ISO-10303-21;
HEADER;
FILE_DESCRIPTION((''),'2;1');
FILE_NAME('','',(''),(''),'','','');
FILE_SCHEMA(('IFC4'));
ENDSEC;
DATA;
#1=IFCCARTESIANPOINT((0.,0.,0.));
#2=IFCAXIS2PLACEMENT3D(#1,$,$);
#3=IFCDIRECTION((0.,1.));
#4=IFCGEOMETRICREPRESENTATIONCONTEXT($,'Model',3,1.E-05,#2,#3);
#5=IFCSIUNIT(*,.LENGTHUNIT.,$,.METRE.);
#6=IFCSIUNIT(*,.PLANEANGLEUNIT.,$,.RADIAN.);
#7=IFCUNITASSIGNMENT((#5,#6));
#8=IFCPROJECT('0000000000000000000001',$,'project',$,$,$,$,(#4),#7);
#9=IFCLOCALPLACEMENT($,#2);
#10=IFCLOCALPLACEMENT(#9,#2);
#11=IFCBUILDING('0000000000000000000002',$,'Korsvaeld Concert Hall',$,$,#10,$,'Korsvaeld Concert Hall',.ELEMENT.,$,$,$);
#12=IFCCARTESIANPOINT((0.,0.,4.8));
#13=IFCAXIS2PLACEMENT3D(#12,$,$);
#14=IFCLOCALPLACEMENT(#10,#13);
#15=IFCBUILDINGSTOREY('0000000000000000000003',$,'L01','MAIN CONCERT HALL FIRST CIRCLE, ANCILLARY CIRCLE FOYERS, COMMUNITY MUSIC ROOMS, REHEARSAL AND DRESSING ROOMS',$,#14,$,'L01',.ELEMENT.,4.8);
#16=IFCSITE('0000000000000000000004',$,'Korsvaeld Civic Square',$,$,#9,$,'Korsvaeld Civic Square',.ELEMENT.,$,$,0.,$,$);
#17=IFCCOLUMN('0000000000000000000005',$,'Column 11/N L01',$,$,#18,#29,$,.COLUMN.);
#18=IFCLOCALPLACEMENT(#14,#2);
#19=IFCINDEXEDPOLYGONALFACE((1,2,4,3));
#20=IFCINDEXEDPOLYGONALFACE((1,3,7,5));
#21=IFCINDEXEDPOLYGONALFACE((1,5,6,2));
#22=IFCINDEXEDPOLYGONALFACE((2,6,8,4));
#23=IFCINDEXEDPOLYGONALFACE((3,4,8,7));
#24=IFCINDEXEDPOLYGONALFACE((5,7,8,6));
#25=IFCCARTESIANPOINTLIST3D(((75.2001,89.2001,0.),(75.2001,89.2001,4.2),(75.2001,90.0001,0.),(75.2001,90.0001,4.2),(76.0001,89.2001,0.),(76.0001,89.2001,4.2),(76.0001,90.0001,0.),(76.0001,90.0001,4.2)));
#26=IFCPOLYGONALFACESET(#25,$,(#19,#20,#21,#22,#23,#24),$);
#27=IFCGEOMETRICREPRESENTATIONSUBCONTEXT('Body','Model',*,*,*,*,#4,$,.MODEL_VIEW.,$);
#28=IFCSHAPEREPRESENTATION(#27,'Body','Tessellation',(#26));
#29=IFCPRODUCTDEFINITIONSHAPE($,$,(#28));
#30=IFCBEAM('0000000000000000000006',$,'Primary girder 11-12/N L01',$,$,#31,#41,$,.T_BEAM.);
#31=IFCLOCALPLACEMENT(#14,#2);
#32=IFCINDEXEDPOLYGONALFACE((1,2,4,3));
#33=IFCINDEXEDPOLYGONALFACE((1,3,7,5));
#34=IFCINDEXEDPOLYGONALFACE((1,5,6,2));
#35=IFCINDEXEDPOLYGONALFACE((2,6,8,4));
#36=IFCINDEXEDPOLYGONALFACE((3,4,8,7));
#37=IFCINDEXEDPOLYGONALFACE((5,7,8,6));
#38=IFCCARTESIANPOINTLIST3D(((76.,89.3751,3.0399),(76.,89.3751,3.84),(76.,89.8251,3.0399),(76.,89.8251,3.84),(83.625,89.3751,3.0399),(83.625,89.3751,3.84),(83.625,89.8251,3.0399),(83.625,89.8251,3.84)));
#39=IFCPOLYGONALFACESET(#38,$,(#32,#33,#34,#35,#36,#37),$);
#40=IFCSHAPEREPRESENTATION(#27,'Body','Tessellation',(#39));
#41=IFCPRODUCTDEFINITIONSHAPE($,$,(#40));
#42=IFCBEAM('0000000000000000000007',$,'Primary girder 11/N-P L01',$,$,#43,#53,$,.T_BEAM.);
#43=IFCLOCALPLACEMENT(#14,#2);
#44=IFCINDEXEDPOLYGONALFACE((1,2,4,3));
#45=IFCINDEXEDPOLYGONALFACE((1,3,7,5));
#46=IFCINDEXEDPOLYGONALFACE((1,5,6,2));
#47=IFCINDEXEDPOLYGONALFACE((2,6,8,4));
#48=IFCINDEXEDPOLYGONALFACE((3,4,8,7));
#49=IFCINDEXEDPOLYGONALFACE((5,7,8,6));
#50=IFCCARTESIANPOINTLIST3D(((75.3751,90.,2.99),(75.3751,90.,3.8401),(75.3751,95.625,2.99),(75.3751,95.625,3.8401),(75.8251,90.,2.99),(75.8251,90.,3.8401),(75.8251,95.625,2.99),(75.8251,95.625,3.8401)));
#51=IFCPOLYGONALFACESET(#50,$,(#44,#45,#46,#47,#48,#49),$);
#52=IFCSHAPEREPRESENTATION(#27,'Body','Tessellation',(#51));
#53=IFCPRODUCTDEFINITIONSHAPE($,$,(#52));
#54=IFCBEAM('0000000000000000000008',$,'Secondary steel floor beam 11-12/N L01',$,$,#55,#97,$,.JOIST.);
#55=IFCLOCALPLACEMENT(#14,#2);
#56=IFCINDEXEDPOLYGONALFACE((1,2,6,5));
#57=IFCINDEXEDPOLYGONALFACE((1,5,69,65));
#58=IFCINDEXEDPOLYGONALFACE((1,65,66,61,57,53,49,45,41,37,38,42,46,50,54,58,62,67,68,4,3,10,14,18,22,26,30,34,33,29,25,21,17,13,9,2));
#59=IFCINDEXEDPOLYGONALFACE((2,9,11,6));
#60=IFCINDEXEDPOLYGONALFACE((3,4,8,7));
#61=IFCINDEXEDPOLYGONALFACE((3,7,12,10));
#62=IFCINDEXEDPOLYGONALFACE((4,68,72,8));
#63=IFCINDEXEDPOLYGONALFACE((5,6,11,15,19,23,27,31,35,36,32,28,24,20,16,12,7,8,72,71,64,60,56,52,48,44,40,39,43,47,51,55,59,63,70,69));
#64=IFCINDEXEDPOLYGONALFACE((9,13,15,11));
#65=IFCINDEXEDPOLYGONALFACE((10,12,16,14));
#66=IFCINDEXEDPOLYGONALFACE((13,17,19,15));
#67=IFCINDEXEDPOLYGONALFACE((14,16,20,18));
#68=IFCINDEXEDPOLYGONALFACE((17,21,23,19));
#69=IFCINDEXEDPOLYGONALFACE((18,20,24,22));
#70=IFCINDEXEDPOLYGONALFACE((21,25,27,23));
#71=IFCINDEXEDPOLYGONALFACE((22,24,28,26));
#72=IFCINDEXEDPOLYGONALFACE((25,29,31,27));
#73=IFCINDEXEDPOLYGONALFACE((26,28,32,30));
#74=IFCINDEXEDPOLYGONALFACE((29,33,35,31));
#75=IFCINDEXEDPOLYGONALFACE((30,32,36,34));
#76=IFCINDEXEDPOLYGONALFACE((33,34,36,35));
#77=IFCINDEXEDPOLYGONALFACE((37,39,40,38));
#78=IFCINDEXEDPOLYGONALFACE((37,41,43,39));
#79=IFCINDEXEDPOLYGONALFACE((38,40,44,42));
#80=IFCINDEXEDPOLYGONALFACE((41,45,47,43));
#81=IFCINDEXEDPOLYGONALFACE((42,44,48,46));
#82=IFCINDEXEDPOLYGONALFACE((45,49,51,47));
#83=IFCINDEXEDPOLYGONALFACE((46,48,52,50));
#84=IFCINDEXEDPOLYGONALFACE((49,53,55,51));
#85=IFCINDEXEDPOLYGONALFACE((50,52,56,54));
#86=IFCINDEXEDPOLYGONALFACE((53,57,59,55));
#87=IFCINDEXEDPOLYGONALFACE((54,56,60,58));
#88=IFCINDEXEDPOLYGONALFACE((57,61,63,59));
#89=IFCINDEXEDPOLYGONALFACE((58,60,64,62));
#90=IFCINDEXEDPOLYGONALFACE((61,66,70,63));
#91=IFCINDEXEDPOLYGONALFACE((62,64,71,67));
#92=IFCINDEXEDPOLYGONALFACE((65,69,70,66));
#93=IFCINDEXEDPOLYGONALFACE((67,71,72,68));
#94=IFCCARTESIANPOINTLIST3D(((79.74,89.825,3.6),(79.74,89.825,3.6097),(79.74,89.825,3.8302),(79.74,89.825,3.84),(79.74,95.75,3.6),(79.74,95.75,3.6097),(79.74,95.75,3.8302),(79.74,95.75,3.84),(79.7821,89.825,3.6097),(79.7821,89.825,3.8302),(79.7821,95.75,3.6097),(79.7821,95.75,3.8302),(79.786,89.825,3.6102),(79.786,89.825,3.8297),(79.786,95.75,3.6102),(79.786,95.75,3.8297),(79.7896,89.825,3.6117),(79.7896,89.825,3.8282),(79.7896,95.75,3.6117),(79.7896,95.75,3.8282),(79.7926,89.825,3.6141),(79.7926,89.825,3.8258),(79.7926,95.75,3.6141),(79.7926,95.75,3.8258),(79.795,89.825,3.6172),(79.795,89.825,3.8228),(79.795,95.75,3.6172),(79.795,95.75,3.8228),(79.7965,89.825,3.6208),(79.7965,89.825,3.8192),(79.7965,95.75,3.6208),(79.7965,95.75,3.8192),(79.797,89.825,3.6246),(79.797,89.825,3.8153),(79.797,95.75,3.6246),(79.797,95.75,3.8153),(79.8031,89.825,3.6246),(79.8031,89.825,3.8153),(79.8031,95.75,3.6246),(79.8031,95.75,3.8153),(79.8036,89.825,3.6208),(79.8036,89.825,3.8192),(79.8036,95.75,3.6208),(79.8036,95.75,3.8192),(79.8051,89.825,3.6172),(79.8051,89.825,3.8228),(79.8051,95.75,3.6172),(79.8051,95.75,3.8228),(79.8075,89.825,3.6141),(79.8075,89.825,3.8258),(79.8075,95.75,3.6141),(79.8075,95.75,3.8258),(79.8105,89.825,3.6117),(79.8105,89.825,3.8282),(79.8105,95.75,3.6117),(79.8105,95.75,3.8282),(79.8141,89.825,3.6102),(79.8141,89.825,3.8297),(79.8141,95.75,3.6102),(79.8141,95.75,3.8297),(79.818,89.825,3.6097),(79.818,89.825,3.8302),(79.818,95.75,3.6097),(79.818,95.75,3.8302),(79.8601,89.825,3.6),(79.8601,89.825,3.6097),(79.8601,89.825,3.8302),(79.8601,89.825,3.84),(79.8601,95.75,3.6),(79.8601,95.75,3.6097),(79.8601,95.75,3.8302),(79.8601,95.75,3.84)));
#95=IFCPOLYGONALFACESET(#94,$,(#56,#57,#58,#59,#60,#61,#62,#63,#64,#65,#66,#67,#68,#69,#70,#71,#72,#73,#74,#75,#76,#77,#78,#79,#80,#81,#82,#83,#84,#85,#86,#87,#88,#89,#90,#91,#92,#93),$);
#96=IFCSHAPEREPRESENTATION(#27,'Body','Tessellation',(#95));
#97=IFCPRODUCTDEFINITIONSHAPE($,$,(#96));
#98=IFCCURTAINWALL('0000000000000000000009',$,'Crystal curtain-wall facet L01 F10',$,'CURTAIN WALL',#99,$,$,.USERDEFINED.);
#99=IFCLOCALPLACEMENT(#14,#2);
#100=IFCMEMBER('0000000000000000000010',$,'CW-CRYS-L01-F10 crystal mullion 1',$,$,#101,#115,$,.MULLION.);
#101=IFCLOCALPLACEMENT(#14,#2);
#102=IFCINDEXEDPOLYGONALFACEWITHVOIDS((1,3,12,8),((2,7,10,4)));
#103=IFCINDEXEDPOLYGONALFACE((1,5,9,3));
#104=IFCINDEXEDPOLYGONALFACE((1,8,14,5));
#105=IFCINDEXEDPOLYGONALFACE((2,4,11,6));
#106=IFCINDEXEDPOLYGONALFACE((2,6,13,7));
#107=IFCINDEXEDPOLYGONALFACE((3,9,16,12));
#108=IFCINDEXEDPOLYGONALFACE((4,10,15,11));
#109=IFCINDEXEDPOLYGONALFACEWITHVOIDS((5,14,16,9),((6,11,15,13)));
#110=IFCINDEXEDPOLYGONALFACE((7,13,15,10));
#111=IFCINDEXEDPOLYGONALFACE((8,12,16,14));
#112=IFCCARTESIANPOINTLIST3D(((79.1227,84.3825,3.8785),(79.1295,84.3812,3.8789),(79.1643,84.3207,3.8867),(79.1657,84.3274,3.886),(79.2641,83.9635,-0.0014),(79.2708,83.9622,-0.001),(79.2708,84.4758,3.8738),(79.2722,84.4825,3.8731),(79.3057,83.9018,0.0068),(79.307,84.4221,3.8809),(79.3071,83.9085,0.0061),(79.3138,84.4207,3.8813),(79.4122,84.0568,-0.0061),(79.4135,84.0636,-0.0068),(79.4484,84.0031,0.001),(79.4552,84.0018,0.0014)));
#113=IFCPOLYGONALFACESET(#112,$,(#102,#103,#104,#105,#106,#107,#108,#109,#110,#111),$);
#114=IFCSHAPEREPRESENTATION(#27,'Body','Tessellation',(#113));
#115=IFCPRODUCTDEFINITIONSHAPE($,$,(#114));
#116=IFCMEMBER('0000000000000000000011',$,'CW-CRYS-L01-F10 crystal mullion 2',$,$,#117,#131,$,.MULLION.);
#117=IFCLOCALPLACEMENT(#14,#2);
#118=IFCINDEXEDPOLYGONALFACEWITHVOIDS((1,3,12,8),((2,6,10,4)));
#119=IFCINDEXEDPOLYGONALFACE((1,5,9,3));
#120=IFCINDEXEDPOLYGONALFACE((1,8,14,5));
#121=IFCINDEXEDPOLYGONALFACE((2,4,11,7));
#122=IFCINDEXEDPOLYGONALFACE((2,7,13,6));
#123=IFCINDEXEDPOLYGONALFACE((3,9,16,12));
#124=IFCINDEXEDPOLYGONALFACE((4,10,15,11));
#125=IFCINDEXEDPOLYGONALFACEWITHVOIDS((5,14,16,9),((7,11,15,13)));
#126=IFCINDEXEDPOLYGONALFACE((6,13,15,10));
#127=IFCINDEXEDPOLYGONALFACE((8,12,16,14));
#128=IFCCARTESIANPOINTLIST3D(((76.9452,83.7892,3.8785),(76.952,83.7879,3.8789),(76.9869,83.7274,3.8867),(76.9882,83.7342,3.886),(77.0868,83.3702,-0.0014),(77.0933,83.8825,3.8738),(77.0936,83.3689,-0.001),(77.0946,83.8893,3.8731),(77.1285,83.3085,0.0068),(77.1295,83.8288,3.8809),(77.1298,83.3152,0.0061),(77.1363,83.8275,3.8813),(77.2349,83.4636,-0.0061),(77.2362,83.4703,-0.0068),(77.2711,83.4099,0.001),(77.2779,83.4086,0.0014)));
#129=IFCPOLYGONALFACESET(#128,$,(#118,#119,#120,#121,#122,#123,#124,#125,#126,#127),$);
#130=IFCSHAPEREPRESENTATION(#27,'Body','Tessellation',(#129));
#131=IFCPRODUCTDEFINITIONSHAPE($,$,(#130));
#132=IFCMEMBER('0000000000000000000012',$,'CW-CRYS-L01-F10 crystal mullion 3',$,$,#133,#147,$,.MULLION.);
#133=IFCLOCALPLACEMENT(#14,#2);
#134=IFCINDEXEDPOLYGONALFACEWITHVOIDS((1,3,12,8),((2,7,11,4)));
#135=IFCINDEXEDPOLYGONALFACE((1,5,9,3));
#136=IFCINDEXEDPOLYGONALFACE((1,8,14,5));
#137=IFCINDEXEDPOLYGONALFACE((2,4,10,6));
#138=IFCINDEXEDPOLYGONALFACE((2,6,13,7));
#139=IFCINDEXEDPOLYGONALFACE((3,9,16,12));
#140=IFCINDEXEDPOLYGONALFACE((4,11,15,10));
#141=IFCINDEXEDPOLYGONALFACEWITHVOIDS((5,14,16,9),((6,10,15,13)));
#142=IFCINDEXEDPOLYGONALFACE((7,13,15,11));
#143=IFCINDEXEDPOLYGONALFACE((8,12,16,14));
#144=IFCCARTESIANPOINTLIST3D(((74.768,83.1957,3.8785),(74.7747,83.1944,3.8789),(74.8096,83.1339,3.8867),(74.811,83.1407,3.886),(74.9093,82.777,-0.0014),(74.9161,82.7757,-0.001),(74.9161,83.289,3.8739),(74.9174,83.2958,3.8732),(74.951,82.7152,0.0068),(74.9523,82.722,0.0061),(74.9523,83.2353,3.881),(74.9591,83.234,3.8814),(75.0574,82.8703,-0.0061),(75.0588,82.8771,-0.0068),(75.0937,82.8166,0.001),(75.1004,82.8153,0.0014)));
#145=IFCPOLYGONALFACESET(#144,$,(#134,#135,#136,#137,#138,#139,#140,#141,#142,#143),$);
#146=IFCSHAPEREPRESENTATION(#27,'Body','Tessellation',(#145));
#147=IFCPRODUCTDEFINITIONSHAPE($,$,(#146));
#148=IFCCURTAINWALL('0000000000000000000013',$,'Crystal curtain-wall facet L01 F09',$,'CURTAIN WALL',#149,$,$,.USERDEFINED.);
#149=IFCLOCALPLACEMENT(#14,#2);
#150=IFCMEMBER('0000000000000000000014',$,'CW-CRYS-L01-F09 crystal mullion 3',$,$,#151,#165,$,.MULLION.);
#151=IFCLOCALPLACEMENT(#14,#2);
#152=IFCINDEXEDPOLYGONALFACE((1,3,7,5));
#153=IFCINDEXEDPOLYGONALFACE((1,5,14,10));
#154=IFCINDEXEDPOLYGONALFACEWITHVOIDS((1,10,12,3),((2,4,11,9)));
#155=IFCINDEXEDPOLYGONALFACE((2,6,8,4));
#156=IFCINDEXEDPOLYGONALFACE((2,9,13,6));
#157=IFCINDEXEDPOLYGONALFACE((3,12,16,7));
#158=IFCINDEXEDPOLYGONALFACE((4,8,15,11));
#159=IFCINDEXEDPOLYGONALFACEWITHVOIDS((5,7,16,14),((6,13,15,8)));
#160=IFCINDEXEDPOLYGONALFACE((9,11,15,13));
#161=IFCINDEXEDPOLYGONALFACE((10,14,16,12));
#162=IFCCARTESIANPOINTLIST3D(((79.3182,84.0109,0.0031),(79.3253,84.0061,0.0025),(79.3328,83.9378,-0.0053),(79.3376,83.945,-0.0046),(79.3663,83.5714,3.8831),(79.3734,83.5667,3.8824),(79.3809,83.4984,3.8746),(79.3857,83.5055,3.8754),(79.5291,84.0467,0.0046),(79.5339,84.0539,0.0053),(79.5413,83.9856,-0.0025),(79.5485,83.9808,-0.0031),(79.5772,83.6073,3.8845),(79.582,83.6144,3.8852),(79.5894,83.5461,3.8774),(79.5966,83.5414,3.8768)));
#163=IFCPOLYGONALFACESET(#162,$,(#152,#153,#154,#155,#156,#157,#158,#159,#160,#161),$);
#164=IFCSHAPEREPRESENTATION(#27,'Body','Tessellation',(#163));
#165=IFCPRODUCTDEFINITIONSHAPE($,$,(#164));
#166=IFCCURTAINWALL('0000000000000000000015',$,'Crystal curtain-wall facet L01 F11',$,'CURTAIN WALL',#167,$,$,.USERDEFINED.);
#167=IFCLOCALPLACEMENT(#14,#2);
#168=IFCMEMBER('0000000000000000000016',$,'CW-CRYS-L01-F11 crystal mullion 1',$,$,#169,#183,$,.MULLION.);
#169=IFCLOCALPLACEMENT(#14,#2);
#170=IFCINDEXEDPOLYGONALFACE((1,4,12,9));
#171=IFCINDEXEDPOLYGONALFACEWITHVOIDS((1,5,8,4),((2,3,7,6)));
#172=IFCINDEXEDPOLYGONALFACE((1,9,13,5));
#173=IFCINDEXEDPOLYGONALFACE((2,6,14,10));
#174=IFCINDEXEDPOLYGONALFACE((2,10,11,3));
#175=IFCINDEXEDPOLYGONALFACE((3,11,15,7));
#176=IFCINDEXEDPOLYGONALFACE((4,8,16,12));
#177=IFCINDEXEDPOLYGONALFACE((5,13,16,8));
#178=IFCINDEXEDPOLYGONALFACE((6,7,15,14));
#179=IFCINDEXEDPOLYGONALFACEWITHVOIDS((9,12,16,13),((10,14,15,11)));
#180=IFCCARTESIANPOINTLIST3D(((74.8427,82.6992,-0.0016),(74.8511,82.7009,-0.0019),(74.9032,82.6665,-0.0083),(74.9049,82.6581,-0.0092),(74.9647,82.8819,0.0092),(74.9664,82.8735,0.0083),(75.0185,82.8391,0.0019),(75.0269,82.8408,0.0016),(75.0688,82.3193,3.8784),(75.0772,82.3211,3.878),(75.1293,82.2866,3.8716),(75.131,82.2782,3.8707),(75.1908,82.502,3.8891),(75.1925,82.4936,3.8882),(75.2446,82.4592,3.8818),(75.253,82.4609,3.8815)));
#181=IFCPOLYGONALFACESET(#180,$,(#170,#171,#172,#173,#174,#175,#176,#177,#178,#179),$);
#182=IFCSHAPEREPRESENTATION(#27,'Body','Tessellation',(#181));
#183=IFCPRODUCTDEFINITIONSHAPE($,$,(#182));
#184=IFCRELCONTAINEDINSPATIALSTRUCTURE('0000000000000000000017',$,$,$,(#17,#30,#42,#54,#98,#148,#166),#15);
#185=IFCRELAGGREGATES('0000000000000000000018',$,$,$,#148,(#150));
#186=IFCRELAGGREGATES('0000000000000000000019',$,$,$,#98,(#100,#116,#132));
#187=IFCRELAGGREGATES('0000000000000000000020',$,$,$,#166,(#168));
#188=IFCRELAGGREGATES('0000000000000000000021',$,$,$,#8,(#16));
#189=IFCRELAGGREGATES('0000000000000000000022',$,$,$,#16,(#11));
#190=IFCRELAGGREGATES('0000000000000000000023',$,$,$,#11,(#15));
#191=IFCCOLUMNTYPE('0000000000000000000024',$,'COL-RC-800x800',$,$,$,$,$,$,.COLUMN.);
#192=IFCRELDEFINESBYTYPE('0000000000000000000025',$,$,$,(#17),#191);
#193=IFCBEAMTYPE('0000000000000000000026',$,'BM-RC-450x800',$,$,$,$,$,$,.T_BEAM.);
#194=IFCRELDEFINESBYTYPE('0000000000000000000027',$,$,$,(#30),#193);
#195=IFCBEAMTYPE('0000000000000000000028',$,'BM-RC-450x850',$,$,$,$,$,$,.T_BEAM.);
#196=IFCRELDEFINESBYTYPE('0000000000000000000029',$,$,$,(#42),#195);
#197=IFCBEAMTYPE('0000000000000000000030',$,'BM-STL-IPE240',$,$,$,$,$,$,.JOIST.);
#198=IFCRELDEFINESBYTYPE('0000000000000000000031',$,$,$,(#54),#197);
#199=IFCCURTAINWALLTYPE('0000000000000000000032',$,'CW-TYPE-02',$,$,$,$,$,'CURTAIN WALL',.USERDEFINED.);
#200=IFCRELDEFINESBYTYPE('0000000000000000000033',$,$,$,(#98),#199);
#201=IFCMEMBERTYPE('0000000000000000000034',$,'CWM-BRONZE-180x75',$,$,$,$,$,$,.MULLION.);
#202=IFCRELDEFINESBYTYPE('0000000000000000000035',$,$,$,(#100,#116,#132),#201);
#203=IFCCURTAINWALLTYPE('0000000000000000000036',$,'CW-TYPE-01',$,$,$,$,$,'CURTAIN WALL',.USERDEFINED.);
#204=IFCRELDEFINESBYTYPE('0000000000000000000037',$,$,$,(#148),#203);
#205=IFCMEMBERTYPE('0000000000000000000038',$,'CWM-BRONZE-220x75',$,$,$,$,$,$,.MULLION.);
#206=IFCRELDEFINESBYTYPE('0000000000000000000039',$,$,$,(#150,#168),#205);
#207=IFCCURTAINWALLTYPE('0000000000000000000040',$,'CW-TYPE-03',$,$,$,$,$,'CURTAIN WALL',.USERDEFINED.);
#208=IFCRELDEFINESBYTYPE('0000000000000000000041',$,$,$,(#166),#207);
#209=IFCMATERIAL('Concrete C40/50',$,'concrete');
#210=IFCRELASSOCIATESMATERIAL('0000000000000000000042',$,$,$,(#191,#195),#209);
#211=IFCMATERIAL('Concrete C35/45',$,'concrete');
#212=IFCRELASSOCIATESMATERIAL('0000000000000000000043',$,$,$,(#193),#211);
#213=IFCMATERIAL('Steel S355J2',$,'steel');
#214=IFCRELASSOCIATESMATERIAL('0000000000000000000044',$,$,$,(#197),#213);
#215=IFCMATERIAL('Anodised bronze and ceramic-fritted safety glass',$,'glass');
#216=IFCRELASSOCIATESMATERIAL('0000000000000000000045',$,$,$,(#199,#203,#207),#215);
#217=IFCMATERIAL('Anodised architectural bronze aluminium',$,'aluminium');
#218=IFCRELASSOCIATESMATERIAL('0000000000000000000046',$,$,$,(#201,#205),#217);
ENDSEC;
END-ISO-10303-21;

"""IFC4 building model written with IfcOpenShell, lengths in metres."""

from ifc_helpers import new_model, si_unit, direction, frame, origin, origin_2d, place, context, subcontext, project, spatial, rectangle, hollow_rectangle, i_section, extrude, material, material_profile, profile_set, type_object, element, aggregate, save


model = new_model("IFC4")

# Units and contexts
model_context = context("Model", 3, precision=1e-05, world=origin(), true_north=direction((0.0, 1.0)))
body_context = subcontext(model_context, "Body", "Model", "MODEL_VIEW")
ifc_project = project(units=[si_unit("LENGTHUNIT", "METRE"), si_unit("PLANEANGLEUNIT", "RADIAN")], contexts=[model_context])

# Site, building, storey
site_placement = place(None, origin())
site = spatial("IfcSite", under=ifc_project, at=site_placement, Name="Korsvaeld Civic Square", LongName="Korsvaeld Civic Square", CompositionType="ELEMENT", RefElevation=0.0)
building_placement = place(site_placement, origin())
building = spatial("IfcBuilding", under=site, at=building_placement, Name="Korsvaeld Concert Hall", LongName="Korsvaeld Concert Hall", CompositionType="ELEMENT")
storey_placement = place(building_placement, frame((0.0, 0.0, 4.8)))
storey = spatial("IfcBuildingStorey", under=building, at=storey_placement, Name="L01", Description="MAIN CONCERT HALL FIRST CIRCLE, ANCILLARY CIRCLE FOYERS, COMMUNITY MUSIC ROOMS, REHEARSAL AND DRESSING ROOMS", LongName="L01", CompositionType="ELEMENT", Elevation=4.8)

# Column
ifc_material_1 = material(Name="Concrete C40/50", Category="concrete")
ifc_material_profile_1 = material_profile(ifc_material_1, rectangle(XDim=0.8, YDim=0.8, at=origin_2d()), Name="RC 800x800")
ifc_profile_set_1 = profile_set([ifc_material_profile_1], Name="Concrete C40/50")
column_type = type_object("IfcColumnType", Name="COL-RC-800x800", PredefinedType="COLUMN", material=ifc_profile_set_1)
column_placement = place(storey_placement, frame((75.6001, 89.6001, 0.0), z_axis=(0.0, 0.0, 1.0), x_axis=(1.0, 0.0, 0.0)))
element("IfcColumn", 1, at=column_placement, inside=storey, type_object=column_type, Name="Column 11/N L01", PredefinedType="COLUMN", context=body_context, shape_type="SweptSolid", body=[
    extrude(rectangle(XDim=0.8, YDim=0.8, at=origin_2d()), origin(), (0.0, 0.0, 1.0), 4.2),
])

# Beams
ifc_material_2 = material(Name="Concrete C35/45", Category="concrete")
ifc_material_profile_2 = material_profile(ifc_material_2, rectangle(XDim=0.45, YDim=0.8, at=origin_2d()), Name="RC 450x800")
ifc_profile_set_2 = profile_set([ifc_material_profile_2], Name="Concrete C35/45")
beam_type_1 = type_object("IfcBeamType", Name="BM-RC-450x800", PredefinedType="T_BEAM", material=ifc_profile_set_2)
beam_1_placement = place(storey_placement, frame((76.0, 89.6001, 3.4399), z_axis=(1.0, 0.0, 0.0), x_axis=(0.0, 1.0, 0.0)))
element("IfcBeam", 2, at=beam_1_placement, inside=storey, type_object=beam_type_1, Name="Primary girder 11-12/N L01", PredefinedType="T_BEAM", context=body_context, shape_type="SweptSolid", body=[
    extrude(rectangle(XDim=0.45, YDim=0.8, at=origin_2d()), origin(), (0.0, 0.0, 1.0), 7.625),
])
ifc_material_profile_3 = material_profile(ifc_material_1, rectangle(XDim=0.45, YDim=0.8501, at=origin_2d()), Name="RC 450x850")
ifc_profile_set_3 = profile_set([ifc_material_profile_3], Name="Concrete C40/50")
beam_type_2 = type_object("IfcBeamType", Name="BM-RC-450x850", PredefinedType="T_BEAM", material=ifc_profile_set_3)
beam_2_placement = place(storey_placement, frame((75.6001, 90.0, 3.415), z_axis=(0.0, 1.0, 0.0), x_axis=(-1.0, 0.0, 0.0)))
element("IfcBeam", 3, at=beam_2_placement, inside=storey, type_object=beam_type_2, Name="Primary girder 11/N-P L01", PredefinedType="T_BEAM", context=body_context, shape_type="SweptSolid", body=[
    extrude(rectangle(XDim=0.45, YDim=0.8501, at=origin_2d()), origin(), (0.0, 0.0, 1.0), 5.625),
])
ifc_material_3 = material(Name="Steel S355J2", Category="steel")
ifc_material_profile_4 = material_profile(ifc_material_3, i_section(OverallWidth=0.1201, OverallDepth=0.24, WebThickness=0.0061, FlangeThickness=0.0098, FilletRadius=0.0149, at=origin_2d()), Name="IPE 240")
ifc_profile_set_4 = profile_set([ifc_material_profile_4], Name="Steel S355J2")
beam_type_3 = type_object("IfcBeamType", Name="BM-STL-IPE240", PredefinedType="JOIST", material=ifc_profile_set_4)
beam_3_placement = place(storey_placement, frame((79.8, 89.825, 3.72), z_axis=(0.0, 1.0, 0.0), x_axis=(-1.0, 0.0, 0.0)))
element("IfcBeam", 4, at=beam_3_placement, inside=storey, type_object=beam_type_3, Name="Secondary steel floor beam 11-12/N L01", PredefinedType="JOIST", context=body_context, shape_type="SweptSolid", body=[
    extrude(i_section(OverallWidth=0.1201, OverallDepth=0.24, WebThickness=0.0061, FlangeThickness=0.0098, FilletRadius=0.0149, at=origin_2d()), origin(), (0.0, 0.0, 1.0), 5.925),
])

# Curtain wall, members
ifc_material_4 = material(Name="Anodised bronze and ceramic-fritted safety glass", Category="glass")
curtain_wall_type_1 = type_object("IfcCurtainWallType", Name="CW-TYPE-02", ElementType="CURTAIN WALL", PredefinedType="USERDEFINED", material=ifc_material_4)
curtain_wall_1_placement = place(storey_placement, origin())
curtain_wall_1 = element("IfcCurtainWall", 5, at=curtain_wall_1_placement, inside=storey, type_object=curtain_wall_type_1, Name="Crystal curtain-wall facet L01 F10", ObjectType="CURTAIN WALL", PredefinedType="USERDEFINED")
ifc_material_5 = material(Name="Anodised architectural bronze aluminium", Category="aluminium")
ifc_material_profile_5 = material_profile(ifc_material_5, hollow_rectangle(XDim=0.075, YDim=0.1799, WallThickness=0.0049, at=origin_2d()), Name="CWM 180x75x5")
ifc_profile_set_5 = profile_set([ifc_material_profile_5], Name="Anodised architectural bronze aluminium")
member_type_1 = type_object("IfcMemberType", Name="CWM-BRONZE-180x75", PredefinedType="MULLION", material=ifc_profile_set_5)
member_1_placement = place(storey_placement, frame((79.3596, 83.9827, 0.0), z_axis=(-0.036199, 0.107284, 0.993569), x_axis=(-0.555586, 0.824251, -0.109244)))
member_1 = element("IfcMember", 6, at=member_1_placement, type_object=member_type_1, Name="CW-CRYS-L01-F10 crystal mullion 1", PredefinedType="MULLION", context=body_context, shape_type="SweptSolid", body=[
    extrude(hollow_rectangle(XDim=0.075, YDim=0.1799, WallThickness=0.0049, at=origin_2d()), origin(), (0.0, 0.0, 1.0), 3.905),
])
member_2_placement = place(storey_placement, frame((77.1824, 83.3894, 0.0), z_axis=(-0.036262, 0.107284, 0.993567), x_axis=(-0.556016, 0.823958, -0.109263)))
member_2 = element("IfcMember", 7, at=member_2_placement, type_object=member_type_1, Name="CW-CRYS-L01-F10 crystal mullion 2", PredefinedType="MULLION", context=body_context, shape_type="SweptSolid", body=[
    extrude(hollow_rectangle(XDim=0.075, YDim=0.1799, WallThickness=0.0049, at=origin_2d()), origin(), (0.0, 0.0, 1.0), 3.905),
])
member_3_placement = place(storey_placement, frame((75.0049, 82.7961, 0.0), z_axis=(-0.036199, 0.107223, 0.993576), x_axis=(-0.555734, 0.824159, -0.109187)))
member_3 = element("IfcMember", 8, at=member_3_placement, type_object=member_type_1, Name="CW-CRYS-L01-F10 crystal mullion 3", PredefinedType="MULLION", context=body_context, shape_type="SweptSolid", body=[
    extrude(hollow_rectangle(XDim=0.075, YDim=0.1799, WallThickness=0.0049, at=origin_2d()), origin(), (0.0, 0.0, 1.0), 3.905),
])

# Curtain walls, members
curtain_wall_type_2 = type_object("IfcCurtainWallType", Name="CW-TYPE-01", ElementType="CURTAIN WALL", PredefinedType="USERDEFINED", material=ifc_material_4)
curtain_wall_2_placement = place(storey_placement, origin())
curtain_wall_2 = element("IfcCurtainWall", 9, at=curtain_wall_2_placement, inside=storey, type_object=curtain_wall_type_2, Name="Crystal curtain-wall facet L01 F09", ObjectType="CURTAIN WALL", PredefinedType="USERDEFINED")
ifc_material_profile_6 = material_profile(ifc_material_5, hollow_rectangle(XDim=0.075, YDim=0.22, WallThickness=0.0061, at=origin_2d()), Name="CWM 220x75x6")
ifc_profile_set_6 = profile_set([ifc_material_profile_6], Name="Anodised architectural bronze aluminium")
member_type_2 = type_object("IfcMemberType", Name="CWM-BRONZE-220x75", PredefinedType="MULLION", material=ifc_profile_set_6)
member_4_placement = place(storey_placement, frame((79.4333, 83.9958, 0.0), z_axis=(0.012316, -0.112536, 0.993571), x_axis=(0.195293, -0.97424, -0.112768)))
member_4 = element("IfcMember", 10, at=member_4_placement, type_object=member_type_2, Name="CW-CRYS-L01-F09 crystal mullion 3", PredefinedType="MULLION", context=body_context, shape_type="SweptSolid", body=[
    extrude(hollow_rectangle(XDim=0.075, YDim=0.22, WallThickness=0.0061, at=origin_2d()), origin(), (0.0, 0.0, 1.0), 3.905),
])
curtain_wall_type_3 = type_object("IfcCurtainWallType", Name="CW-TYPE-03", ElementType="CURTAIN WALL", PredefinedType="USERDEFINED", material=ifc_material_4)
curtain_wall_3_placement = place(storey_placement, origin())
curtain_wall_3 = element("IfcCurtainWall", 11, at=curtain_wall_3_placement, inside=storey, type_object=curtain_wall_type_3, Name="Crystal curtain-wall facet L01 F11", ObjectType="CURTAIN WALL", PredefinedType="USERDEFINED")
member_5_placement = place(storey_placement, frame((74.9348, 82.77, 0.0), z_axis=(0.057894, -0.097281, 0.993572), x_axis=(0.829999, -0.548349, -0.102052)))
member_5 = element("IfcMember", 12, at=member_5_placement, type_object=member_type_2, Name="CW-CRYS-L01-F11 crystal mullion 1", PredefinedType="MULLION", context=body_context, shape_type="SweptSolid", body=[
    extrude(hollow_rectangle(XDim=0.075, YDim=0.22, WallThickness=0.0061, at=origin_2d()), origin(), (0.0, 0.0, 1.0), 3.905),
])

aggregate(curtain_wall_2, [member_4])
aggregate(curtain_wall_1, [member_1, member_2, member_3])
aggregate(curtain_wall_3, [member_5])

save(model, "model.ifc")
